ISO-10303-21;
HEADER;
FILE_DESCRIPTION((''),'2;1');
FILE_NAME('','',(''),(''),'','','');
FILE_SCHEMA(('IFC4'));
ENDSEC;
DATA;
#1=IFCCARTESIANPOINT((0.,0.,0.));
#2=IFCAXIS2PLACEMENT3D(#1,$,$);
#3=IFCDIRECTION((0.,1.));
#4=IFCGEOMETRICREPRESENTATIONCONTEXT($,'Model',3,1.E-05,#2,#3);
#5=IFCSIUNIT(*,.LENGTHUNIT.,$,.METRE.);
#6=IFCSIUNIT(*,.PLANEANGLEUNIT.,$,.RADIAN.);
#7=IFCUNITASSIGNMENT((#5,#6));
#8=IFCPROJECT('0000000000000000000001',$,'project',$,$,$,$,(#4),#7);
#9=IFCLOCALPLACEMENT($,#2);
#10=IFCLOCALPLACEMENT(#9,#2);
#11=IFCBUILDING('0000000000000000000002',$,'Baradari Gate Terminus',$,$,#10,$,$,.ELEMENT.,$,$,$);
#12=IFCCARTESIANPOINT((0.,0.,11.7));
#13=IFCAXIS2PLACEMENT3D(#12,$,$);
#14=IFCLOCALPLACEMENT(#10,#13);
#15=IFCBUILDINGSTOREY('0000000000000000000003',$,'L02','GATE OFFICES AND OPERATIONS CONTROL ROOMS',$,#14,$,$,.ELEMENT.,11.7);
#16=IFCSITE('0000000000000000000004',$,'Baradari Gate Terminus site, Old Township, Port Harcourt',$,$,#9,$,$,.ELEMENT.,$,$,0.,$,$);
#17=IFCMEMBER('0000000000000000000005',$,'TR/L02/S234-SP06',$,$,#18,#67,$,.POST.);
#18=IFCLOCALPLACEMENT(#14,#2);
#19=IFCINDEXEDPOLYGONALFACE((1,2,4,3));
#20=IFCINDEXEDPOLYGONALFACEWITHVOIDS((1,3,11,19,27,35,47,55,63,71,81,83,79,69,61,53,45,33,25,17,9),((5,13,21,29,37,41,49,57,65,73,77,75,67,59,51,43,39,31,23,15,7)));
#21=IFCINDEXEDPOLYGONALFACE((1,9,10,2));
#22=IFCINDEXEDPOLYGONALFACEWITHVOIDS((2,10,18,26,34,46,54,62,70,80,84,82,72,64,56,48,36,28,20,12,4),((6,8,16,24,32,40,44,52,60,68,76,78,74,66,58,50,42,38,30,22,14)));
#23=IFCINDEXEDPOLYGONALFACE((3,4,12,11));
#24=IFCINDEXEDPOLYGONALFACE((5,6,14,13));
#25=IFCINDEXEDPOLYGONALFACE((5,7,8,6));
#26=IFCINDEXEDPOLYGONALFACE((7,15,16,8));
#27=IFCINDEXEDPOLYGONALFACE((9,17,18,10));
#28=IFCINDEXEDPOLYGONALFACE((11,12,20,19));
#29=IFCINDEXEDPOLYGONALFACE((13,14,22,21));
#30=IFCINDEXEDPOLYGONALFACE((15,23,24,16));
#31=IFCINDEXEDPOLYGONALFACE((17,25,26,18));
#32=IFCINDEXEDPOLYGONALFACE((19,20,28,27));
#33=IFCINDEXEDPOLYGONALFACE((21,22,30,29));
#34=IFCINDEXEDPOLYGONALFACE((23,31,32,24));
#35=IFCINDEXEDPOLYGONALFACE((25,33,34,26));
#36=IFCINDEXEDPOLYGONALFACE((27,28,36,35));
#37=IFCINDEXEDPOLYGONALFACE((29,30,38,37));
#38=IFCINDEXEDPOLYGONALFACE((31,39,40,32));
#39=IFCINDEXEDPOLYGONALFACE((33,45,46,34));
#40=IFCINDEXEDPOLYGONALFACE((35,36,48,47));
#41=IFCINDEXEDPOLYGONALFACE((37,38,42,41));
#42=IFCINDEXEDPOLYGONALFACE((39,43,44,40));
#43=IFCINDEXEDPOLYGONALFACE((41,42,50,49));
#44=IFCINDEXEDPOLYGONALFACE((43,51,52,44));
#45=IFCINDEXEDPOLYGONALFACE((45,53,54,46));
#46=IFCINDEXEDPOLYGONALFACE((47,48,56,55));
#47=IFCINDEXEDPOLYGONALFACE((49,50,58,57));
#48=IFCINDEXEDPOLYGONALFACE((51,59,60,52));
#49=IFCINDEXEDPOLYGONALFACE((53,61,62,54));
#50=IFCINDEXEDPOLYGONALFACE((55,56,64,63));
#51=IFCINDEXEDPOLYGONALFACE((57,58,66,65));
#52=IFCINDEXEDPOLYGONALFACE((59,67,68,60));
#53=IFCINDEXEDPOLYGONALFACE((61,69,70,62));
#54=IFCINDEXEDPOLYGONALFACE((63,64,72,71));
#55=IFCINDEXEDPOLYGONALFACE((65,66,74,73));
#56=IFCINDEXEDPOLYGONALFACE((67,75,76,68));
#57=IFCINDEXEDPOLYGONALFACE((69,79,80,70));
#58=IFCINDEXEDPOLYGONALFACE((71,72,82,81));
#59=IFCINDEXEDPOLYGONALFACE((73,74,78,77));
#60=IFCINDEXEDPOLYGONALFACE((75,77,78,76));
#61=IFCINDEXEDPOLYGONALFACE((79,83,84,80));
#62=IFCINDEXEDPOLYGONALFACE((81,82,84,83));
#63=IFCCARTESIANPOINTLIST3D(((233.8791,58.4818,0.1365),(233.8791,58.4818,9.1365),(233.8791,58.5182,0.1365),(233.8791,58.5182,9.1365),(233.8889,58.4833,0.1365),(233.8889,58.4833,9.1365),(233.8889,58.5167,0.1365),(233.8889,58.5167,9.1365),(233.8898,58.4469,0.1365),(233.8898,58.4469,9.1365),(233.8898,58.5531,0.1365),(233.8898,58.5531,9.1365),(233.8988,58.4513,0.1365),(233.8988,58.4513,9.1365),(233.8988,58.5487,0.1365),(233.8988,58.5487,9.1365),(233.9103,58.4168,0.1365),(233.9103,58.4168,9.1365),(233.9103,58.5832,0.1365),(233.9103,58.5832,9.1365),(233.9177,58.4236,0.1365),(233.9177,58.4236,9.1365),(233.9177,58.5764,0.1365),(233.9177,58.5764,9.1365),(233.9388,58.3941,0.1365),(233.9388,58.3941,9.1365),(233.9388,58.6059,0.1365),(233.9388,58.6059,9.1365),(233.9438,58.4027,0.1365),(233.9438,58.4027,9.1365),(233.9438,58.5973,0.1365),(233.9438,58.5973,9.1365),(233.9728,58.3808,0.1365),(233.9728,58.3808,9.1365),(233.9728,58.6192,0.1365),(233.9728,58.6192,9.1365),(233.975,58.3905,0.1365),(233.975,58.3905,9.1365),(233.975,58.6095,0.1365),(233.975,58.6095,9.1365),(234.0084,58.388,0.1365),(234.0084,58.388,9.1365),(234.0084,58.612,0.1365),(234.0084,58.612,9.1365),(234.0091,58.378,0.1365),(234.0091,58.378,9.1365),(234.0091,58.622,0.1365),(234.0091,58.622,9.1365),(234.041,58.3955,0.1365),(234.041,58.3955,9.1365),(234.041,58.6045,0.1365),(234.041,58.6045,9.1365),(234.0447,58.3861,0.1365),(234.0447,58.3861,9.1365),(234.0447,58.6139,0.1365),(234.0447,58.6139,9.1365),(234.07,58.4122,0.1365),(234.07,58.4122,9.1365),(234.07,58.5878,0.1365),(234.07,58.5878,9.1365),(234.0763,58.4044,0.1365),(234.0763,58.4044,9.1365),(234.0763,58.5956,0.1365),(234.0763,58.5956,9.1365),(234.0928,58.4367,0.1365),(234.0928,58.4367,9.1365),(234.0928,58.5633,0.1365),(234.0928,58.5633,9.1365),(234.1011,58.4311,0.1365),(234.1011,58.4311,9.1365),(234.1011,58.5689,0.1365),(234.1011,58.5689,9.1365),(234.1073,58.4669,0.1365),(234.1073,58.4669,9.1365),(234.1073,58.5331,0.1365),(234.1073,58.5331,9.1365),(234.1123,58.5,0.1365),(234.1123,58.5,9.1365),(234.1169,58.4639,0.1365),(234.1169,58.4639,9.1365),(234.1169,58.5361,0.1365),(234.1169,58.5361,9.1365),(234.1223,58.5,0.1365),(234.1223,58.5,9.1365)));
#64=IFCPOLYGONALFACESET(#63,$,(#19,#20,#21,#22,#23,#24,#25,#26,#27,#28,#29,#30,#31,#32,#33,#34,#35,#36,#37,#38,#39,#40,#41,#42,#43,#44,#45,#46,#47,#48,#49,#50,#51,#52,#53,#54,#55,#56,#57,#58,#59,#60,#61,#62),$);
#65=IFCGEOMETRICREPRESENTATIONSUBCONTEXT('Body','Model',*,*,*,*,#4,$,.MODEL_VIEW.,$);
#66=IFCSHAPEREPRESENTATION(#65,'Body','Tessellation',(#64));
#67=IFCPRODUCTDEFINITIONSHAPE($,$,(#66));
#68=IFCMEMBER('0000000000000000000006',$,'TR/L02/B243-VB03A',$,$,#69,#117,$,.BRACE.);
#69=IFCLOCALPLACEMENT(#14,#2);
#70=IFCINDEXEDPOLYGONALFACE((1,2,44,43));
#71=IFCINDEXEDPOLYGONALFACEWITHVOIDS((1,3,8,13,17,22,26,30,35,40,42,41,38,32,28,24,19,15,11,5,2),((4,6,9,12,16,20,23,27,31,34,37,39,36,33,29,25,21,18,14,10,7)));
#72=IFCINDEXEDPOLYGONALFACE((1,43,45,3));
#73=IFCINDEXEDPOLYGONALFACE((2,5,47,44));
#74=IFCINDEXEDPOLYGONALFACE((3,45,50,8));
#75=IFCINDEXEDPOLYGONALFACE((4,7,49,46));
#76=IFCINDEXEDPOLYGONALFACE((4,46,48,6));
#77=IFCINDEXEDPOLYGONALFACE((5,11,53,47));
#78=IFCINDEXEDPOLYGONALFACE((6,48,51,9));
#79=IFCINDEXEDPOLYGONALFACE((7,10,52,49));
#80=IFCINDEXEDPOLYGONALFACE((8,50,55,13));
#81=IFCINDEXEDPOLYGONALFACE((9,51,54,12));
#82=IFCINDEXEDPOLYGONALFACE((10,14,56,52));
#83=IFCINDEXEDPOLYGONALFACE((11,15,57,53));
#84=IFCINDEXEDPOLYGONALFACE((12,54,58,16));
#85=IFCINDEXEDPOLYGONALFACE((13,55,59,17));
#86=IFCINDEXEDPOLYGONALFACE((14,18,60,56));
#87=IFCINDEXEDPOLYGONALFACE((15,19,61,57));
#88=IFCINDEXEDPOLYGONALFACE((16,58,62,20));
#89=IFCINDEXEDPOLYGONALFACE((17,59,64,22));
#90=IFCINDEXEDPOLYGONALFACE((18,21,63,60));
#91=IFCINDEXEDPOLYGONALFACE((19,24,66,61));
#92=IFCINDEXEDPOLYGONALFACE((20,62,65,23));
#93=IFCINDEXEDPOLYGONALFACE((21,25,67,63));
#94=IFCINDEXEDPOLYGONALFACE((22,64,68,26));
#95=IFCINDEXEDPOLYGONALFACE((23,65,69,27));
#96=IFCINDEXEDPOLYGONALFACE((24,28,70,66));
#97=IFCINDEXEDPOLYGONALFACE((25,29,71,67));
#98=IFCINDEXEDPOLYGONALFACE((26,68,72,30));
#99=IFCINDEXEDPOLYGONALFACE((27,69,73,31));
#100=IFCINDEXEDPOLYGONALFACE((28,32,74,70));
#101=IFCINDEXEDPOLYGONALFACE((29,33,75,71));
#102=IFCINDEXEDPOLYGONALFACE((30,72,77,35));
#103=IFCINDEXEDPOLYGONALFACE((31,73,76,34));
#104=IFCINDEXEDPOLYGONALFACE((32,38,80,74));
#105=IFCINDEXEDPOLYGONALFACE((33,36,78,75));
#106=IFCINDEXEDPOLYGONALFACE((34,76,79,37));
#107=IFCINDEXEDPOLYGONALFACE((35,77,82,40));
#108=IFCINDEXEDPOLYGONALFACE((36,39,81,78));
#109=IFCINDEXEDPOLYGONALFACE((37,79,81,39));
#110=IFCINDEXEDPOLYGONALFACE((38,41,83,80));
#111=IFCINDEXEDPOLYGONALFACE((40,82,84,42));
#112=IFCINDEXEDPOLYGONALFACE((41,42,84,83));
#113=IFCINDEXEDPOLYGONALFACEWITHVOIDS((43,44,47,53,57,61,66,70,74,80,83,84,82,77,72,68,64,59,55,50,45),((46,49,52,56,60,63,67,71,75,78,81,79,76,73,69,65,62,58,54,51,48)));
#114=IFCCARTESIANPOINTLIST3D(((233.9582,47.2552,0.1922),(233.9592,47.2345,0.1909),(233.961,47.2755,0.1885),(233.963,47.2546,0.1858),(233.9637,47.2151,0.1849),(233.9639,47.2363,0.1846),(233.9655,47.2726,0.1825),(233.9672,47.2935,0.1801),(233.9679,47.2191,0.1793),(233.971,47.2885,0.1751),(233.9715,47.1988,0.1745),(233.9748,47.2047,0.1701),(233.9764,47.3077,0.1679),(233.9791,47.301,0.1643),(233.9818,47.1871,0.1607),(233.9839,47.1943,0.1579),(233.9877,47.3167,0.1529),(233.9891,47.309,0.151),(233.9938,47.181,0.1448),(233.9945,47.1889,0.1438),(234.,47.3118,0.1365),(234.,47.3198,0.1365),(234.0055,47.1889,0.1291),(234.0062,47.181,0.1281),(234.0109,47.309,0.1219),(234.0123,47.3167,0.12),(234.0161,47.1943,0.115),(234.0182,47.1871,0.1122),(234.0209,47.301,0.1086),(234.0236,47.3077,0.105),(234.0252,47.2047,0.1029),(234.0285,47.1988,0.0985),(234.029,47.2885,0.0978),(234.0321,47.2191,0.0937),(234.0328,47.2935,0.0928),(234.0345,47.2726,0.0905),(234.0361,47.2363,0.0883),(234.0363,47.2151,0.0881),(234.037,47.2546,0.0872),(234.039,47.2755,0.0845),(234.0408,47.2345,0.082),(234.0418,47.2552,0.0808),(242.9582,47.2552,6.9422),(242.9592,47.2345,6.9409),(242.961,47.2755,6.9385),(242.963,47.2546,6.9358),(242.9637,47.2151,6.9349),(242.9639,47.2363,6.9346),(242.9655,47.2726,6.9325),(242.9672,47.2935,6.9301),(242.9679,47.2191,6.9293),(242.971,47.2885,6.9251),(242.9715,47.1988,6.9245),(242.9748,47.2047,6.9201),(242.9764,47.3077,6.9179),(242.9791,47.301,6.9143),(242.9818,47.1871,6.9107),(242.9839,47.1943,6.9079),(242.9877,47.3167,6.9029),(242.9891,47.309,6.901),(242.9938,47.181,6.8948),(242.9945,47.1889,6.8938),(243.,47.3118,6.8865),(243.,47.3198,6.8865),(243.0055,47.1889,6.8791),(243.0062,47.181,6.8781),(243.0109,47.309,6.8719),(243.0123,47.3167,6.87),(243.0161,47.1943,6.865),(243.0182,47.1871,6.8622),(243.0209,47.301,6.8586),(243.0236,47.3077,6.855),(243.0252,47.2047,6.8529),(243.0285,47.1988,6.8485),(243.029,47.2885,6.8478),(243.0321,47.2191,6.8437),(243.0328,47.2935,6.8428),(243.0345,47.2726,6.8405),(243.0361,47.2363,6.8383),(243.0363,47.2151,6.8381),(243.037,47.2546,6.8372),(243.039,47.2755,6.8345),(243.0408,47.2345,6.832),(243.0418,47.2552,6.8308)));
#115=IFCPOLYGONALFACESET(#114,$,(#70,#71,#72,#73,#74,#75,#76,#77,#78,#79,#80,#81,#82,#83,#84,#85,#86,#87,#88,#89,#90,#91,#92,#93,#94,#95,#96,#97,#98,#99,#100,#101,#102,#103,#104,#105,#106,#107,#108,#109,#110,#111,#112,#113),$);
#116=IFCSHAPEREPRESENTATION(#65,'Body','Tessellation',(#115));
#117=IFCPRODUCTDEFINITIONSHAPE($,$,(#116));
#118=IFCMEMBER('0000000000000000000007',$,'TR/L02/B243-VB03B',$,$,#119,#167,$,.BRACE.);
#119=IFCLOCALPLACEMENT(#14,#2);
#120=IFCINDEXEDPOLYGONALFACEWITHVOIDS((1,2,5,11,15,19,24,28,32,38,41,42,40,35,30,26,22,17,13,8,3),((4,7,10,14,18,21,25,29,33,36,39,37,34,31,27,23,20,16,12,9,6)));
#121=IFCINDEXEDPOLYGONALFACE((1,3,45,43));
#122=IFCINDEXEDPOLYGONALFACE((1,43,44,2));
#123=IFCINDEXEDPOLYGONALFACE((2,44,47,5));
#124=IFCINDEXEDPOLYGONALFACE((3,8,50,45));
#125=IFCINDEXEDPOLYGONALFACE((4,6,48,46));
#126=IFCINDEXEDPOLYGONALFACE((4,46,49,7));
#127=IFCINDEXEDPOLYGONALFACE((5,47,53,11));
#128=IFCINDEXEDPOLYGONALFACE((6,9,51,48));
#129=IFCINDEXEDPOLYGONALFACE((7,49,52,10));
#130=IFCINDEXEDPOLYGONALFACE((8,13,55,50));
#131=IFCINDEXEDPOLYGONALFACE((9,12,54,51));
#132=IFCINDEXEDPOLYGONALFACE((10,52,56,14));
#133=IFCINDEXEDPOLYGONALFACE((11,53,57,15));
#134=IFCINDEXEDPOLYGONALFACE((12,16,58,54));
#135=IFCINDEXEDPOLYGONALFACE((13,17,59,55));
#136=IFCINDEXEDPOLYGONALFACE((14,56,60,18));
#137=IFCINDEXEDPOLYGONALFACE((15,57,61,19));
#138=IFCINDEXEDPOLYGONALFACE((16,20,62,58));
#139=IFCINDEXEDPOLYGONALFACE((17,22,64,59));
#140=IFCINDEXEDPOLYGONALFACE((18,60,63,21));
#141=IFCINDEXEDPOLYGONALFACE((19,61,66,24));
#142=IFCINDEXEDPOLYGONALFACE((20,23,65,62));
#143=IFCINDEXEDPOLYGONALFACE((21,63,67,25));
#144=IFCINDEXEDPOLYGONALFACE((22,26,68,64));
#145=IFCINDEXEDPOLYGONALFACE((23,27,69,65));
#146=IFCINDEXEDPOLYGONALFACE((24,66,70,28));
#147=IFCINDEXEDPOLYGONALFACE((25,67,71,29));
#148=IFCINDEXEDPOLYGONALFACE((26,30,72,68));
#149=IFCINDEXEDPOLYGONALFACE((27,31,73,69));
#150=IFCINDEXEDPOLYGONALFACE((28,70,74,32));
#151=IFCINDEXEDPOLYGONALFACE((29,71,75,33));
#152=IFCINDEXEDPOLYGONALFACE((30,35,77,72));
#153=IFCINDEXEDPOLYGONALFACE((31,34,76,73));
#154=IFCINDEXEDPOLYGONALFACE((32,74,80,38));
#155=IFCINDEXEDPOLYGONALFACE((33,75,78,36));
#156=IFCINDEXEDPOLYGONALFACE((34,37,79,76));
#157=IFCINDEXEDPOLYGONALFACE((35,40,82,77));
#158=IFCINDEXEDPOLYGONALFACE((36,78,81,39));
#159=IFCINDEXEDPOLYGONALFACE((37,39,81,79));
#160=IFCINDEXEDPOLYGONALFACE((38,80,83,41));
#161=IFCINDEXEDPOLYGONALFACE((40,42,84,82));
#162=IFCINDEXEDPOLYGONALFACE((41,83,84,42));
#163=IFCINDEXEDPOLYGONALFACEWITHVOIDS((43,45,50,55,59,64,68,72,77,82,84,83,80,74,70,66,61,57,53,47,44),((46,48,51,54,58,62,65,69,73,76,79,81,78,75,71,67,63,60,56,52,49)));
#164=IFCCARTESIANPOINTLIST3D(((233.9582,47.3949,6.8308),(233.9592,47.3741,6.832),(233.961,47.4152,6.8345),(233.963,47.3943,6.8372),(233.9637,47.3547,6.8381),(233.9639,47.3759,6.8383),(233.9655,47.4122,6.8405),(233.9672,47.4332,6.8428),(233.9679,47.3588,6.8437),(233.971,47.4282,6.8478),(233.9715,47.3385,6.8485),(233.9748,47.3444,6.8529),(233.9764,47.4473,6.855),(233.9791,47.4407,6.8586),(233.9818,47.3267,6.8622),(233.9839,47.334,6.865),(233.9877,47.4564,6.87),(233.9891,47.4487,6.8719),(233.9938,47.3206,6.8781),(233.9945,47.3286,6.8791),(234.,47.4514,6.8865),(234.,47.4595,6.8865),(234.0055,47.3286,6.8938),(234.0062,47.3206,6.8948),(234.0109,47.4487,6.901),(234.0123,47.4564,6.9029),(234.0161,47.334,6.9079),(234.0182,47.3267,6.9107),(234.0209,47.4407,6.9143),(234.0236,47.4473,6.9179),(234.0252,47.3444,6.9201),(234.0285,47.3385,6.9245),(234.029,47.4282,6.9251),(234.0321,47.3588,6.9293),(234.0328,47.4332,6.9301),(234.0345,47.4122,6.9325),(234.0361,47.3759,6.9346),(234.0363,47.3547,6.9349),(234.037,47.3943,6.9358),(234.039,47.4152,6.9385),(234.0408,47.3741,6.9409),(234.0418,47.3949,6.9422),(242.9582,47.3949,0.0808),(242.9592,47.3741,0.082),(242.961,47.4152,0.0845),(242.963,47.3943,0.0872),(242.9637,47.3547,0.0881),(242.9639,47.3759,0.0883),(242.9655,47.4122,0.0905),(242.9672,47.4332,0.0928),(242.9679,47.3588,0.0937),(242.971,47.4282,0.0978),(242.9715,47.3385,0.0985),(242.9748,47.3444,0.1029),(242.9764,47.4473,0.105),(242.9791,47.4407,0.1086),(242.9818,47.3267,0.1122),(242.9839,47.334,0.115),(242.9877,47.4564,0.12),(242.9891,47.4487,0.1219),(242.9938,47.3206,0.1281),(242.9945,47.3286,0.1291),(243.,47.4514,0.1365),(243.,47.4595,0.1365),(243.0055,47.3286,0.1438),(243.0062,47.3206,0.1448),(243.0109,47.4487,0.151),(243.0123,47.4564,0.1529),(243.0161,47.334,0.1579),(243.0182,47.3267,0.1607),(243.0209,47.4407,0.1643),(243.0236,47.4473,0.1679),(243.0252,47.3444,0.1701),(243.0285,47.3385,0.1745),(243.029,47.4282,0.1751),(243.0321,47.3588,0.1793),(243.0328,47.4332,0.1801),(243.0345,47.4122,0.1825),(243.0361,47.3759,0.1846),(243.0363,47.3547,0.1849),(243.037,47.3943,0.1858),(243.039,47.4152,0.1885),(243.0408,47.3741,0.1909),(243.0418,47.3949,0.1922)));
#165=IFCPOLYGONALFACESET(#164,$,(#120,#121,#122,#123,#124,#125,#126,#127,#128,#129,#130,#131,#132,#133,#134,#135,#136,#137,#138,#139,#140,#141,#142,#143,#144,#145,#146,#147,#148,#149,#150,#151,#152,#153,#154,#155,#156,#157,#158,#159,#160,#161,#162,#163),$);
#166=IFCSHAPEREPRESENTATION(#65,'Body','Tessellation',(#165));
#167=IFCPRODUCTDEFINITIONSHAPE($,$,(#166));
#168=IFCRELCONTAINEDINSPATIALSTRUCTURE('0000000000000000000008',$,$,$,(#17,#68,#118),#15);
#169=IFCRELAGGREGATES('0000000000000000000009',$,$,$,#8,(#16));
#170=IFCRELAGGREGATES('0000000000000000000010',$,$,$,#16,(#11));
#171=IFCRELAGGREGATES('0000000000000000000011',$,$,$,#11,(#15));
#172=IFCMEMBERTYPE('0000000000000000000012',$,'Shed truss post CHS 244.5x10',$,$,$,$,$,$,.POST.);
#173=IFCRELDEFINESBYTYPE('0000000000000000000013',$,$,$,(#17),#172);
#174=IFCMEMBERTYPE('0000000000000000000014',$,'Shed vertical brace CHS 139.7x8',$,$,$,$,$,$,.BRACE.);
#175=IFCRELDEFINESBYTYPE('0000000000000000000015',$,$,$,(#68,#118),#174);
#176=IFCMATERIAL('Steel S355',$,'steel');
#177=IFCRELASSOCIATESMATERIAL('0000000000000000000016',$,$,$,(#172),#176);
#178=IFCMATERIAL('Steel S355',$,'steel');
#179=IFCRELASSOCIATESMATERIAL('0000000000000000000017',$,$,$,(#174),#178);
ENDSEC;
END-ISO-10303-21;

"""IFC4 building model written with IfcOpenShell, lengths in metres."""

from ifc_helpers import new_model, si_unit, direction, frame, origin, origin_2d, place, context, subcontext, project, spatial, hollow_circle, extrude, material, material_profile, profile_set, type_object, element, save


model = new_model("IFC4")

# Units and contexts
model_context = context("Model", 3, precision=1e-05, world=origin(), true_north=direction((0.0, 1.0)))
body_context = subcontext(model_context, "Body", "Model", "MODEL_VIEW")
ifc_project = project(units=[si_unit("LENGTHUNIT", "METRE"), si_unit("PLANEANGLEUNIT", "RADIAN")], contexts=[model_context])

# Site, building, storey
site_placement = place(None, origin())
site = spatial("IfcSite", under=ifc_project, at=site_placement, Name="Baradari Gate Terminus site, Old Township, Port Harcourt", CompositionType="ELEMENT", RefElevation=0.0)
building_placement = place(site_placement, origin())
building = spatial("IfcBuilding", under=site, at=building_placement, Name="Baradari Gate Terminus", CompositionType="ELEMENT")
storey_placement = place(building_placement, frame((0.0, 0.0, 11.7)))
storey = spatial("IfcBuildingStorey", under=building, at=storey_placement, Name="L02", Description="GATE OFFICES AND OPERATIONS CONTROL ROOMS", CompositionType="ELEMENT", Elevation=11.7)

# Members
ifc_material_1 = material(Name="Steel S355", Category="steel")
ifc_material_profile_1 = material_profile(ifc_material_1, hollow_circle(Radius=0.1223, WallThickness=0.01, at=origin_2d()), Name="CHS 244.5x10")
ifc_profile_set_1 = profile_set([ifc_material_profile_1], Name="Steel S355")
member_type_1 = type_object("IfcMemberType", Name="Shed truss post CHS 244.5x10", PredefinedType="POST", material=ifc_profile_set_1)
member_1_placement = place(storey_placement, frame((234.0, 58.5, 0.1365), z_axis=(0.0, 0.0, 1.0), x_axis=(1.0, 0.0, 0.0)))
element("IfcMember", 1, at=member_1_placement, inside=storey, type_object=member_type_1, Name="TR/L02/S234-SP06", PredefinedType="POST", context=body_context, shape_type="SweptSolid", body=[
    extrude(hollow_circle(Radius=0.1223, WallThickness=0.01, at=origin_2d()), origin(), (0.0, 0.0, 1.0), 9.0),
])
ifc_material_2 = material(Name="Steel S355", Category="steel")
ifc_material_profile_2 = material_profile(ifc_material_2, hollow_circle(Radius=0.0698, WallThickness=0.0081, at=origin_2d()), Name="CHS 139.7x8")
ifc_profile_set_2 = profile_set([ifc_material_profile_2], Name="Steel S355")
member_type_2 = type_object("IfcMemberType", Name="Shed vertical brace CHS 139.7x8", PredefinedType="BRACE", material=ifc_profile_set_2)
for number, where, z_axis, x_axis, name in (
    (2, (234.0, 47.25, 0.1365), (0.8, 0.0, 0.6), (0.0, 1.0, 0.0), "TR/L02/B243-VB03A"),
    (3, (234.0, 47.3896, 6.8865), (0.8, 0.0, -0.6), (0.0, 1.0, 0.0), "TR/L02/B243-VB03B"),
):
    element("IfcMember", number, at=place(storey_placement, frame(where, z_axis=z_axis, x_axis=x_axis)), inside=storey, type_object=member_type_2, Name=name, PredefinedType="BRACE", context=body_context, shape_type="SweptSolid", body=[
        extrude(hollow_circle(Radius=0.0698, WallThickness=0.0081, at=origin_2d()), origin(), (0.0, 0.0, 1.0), 11.25),
    ])

save(model, "model.ifc")
